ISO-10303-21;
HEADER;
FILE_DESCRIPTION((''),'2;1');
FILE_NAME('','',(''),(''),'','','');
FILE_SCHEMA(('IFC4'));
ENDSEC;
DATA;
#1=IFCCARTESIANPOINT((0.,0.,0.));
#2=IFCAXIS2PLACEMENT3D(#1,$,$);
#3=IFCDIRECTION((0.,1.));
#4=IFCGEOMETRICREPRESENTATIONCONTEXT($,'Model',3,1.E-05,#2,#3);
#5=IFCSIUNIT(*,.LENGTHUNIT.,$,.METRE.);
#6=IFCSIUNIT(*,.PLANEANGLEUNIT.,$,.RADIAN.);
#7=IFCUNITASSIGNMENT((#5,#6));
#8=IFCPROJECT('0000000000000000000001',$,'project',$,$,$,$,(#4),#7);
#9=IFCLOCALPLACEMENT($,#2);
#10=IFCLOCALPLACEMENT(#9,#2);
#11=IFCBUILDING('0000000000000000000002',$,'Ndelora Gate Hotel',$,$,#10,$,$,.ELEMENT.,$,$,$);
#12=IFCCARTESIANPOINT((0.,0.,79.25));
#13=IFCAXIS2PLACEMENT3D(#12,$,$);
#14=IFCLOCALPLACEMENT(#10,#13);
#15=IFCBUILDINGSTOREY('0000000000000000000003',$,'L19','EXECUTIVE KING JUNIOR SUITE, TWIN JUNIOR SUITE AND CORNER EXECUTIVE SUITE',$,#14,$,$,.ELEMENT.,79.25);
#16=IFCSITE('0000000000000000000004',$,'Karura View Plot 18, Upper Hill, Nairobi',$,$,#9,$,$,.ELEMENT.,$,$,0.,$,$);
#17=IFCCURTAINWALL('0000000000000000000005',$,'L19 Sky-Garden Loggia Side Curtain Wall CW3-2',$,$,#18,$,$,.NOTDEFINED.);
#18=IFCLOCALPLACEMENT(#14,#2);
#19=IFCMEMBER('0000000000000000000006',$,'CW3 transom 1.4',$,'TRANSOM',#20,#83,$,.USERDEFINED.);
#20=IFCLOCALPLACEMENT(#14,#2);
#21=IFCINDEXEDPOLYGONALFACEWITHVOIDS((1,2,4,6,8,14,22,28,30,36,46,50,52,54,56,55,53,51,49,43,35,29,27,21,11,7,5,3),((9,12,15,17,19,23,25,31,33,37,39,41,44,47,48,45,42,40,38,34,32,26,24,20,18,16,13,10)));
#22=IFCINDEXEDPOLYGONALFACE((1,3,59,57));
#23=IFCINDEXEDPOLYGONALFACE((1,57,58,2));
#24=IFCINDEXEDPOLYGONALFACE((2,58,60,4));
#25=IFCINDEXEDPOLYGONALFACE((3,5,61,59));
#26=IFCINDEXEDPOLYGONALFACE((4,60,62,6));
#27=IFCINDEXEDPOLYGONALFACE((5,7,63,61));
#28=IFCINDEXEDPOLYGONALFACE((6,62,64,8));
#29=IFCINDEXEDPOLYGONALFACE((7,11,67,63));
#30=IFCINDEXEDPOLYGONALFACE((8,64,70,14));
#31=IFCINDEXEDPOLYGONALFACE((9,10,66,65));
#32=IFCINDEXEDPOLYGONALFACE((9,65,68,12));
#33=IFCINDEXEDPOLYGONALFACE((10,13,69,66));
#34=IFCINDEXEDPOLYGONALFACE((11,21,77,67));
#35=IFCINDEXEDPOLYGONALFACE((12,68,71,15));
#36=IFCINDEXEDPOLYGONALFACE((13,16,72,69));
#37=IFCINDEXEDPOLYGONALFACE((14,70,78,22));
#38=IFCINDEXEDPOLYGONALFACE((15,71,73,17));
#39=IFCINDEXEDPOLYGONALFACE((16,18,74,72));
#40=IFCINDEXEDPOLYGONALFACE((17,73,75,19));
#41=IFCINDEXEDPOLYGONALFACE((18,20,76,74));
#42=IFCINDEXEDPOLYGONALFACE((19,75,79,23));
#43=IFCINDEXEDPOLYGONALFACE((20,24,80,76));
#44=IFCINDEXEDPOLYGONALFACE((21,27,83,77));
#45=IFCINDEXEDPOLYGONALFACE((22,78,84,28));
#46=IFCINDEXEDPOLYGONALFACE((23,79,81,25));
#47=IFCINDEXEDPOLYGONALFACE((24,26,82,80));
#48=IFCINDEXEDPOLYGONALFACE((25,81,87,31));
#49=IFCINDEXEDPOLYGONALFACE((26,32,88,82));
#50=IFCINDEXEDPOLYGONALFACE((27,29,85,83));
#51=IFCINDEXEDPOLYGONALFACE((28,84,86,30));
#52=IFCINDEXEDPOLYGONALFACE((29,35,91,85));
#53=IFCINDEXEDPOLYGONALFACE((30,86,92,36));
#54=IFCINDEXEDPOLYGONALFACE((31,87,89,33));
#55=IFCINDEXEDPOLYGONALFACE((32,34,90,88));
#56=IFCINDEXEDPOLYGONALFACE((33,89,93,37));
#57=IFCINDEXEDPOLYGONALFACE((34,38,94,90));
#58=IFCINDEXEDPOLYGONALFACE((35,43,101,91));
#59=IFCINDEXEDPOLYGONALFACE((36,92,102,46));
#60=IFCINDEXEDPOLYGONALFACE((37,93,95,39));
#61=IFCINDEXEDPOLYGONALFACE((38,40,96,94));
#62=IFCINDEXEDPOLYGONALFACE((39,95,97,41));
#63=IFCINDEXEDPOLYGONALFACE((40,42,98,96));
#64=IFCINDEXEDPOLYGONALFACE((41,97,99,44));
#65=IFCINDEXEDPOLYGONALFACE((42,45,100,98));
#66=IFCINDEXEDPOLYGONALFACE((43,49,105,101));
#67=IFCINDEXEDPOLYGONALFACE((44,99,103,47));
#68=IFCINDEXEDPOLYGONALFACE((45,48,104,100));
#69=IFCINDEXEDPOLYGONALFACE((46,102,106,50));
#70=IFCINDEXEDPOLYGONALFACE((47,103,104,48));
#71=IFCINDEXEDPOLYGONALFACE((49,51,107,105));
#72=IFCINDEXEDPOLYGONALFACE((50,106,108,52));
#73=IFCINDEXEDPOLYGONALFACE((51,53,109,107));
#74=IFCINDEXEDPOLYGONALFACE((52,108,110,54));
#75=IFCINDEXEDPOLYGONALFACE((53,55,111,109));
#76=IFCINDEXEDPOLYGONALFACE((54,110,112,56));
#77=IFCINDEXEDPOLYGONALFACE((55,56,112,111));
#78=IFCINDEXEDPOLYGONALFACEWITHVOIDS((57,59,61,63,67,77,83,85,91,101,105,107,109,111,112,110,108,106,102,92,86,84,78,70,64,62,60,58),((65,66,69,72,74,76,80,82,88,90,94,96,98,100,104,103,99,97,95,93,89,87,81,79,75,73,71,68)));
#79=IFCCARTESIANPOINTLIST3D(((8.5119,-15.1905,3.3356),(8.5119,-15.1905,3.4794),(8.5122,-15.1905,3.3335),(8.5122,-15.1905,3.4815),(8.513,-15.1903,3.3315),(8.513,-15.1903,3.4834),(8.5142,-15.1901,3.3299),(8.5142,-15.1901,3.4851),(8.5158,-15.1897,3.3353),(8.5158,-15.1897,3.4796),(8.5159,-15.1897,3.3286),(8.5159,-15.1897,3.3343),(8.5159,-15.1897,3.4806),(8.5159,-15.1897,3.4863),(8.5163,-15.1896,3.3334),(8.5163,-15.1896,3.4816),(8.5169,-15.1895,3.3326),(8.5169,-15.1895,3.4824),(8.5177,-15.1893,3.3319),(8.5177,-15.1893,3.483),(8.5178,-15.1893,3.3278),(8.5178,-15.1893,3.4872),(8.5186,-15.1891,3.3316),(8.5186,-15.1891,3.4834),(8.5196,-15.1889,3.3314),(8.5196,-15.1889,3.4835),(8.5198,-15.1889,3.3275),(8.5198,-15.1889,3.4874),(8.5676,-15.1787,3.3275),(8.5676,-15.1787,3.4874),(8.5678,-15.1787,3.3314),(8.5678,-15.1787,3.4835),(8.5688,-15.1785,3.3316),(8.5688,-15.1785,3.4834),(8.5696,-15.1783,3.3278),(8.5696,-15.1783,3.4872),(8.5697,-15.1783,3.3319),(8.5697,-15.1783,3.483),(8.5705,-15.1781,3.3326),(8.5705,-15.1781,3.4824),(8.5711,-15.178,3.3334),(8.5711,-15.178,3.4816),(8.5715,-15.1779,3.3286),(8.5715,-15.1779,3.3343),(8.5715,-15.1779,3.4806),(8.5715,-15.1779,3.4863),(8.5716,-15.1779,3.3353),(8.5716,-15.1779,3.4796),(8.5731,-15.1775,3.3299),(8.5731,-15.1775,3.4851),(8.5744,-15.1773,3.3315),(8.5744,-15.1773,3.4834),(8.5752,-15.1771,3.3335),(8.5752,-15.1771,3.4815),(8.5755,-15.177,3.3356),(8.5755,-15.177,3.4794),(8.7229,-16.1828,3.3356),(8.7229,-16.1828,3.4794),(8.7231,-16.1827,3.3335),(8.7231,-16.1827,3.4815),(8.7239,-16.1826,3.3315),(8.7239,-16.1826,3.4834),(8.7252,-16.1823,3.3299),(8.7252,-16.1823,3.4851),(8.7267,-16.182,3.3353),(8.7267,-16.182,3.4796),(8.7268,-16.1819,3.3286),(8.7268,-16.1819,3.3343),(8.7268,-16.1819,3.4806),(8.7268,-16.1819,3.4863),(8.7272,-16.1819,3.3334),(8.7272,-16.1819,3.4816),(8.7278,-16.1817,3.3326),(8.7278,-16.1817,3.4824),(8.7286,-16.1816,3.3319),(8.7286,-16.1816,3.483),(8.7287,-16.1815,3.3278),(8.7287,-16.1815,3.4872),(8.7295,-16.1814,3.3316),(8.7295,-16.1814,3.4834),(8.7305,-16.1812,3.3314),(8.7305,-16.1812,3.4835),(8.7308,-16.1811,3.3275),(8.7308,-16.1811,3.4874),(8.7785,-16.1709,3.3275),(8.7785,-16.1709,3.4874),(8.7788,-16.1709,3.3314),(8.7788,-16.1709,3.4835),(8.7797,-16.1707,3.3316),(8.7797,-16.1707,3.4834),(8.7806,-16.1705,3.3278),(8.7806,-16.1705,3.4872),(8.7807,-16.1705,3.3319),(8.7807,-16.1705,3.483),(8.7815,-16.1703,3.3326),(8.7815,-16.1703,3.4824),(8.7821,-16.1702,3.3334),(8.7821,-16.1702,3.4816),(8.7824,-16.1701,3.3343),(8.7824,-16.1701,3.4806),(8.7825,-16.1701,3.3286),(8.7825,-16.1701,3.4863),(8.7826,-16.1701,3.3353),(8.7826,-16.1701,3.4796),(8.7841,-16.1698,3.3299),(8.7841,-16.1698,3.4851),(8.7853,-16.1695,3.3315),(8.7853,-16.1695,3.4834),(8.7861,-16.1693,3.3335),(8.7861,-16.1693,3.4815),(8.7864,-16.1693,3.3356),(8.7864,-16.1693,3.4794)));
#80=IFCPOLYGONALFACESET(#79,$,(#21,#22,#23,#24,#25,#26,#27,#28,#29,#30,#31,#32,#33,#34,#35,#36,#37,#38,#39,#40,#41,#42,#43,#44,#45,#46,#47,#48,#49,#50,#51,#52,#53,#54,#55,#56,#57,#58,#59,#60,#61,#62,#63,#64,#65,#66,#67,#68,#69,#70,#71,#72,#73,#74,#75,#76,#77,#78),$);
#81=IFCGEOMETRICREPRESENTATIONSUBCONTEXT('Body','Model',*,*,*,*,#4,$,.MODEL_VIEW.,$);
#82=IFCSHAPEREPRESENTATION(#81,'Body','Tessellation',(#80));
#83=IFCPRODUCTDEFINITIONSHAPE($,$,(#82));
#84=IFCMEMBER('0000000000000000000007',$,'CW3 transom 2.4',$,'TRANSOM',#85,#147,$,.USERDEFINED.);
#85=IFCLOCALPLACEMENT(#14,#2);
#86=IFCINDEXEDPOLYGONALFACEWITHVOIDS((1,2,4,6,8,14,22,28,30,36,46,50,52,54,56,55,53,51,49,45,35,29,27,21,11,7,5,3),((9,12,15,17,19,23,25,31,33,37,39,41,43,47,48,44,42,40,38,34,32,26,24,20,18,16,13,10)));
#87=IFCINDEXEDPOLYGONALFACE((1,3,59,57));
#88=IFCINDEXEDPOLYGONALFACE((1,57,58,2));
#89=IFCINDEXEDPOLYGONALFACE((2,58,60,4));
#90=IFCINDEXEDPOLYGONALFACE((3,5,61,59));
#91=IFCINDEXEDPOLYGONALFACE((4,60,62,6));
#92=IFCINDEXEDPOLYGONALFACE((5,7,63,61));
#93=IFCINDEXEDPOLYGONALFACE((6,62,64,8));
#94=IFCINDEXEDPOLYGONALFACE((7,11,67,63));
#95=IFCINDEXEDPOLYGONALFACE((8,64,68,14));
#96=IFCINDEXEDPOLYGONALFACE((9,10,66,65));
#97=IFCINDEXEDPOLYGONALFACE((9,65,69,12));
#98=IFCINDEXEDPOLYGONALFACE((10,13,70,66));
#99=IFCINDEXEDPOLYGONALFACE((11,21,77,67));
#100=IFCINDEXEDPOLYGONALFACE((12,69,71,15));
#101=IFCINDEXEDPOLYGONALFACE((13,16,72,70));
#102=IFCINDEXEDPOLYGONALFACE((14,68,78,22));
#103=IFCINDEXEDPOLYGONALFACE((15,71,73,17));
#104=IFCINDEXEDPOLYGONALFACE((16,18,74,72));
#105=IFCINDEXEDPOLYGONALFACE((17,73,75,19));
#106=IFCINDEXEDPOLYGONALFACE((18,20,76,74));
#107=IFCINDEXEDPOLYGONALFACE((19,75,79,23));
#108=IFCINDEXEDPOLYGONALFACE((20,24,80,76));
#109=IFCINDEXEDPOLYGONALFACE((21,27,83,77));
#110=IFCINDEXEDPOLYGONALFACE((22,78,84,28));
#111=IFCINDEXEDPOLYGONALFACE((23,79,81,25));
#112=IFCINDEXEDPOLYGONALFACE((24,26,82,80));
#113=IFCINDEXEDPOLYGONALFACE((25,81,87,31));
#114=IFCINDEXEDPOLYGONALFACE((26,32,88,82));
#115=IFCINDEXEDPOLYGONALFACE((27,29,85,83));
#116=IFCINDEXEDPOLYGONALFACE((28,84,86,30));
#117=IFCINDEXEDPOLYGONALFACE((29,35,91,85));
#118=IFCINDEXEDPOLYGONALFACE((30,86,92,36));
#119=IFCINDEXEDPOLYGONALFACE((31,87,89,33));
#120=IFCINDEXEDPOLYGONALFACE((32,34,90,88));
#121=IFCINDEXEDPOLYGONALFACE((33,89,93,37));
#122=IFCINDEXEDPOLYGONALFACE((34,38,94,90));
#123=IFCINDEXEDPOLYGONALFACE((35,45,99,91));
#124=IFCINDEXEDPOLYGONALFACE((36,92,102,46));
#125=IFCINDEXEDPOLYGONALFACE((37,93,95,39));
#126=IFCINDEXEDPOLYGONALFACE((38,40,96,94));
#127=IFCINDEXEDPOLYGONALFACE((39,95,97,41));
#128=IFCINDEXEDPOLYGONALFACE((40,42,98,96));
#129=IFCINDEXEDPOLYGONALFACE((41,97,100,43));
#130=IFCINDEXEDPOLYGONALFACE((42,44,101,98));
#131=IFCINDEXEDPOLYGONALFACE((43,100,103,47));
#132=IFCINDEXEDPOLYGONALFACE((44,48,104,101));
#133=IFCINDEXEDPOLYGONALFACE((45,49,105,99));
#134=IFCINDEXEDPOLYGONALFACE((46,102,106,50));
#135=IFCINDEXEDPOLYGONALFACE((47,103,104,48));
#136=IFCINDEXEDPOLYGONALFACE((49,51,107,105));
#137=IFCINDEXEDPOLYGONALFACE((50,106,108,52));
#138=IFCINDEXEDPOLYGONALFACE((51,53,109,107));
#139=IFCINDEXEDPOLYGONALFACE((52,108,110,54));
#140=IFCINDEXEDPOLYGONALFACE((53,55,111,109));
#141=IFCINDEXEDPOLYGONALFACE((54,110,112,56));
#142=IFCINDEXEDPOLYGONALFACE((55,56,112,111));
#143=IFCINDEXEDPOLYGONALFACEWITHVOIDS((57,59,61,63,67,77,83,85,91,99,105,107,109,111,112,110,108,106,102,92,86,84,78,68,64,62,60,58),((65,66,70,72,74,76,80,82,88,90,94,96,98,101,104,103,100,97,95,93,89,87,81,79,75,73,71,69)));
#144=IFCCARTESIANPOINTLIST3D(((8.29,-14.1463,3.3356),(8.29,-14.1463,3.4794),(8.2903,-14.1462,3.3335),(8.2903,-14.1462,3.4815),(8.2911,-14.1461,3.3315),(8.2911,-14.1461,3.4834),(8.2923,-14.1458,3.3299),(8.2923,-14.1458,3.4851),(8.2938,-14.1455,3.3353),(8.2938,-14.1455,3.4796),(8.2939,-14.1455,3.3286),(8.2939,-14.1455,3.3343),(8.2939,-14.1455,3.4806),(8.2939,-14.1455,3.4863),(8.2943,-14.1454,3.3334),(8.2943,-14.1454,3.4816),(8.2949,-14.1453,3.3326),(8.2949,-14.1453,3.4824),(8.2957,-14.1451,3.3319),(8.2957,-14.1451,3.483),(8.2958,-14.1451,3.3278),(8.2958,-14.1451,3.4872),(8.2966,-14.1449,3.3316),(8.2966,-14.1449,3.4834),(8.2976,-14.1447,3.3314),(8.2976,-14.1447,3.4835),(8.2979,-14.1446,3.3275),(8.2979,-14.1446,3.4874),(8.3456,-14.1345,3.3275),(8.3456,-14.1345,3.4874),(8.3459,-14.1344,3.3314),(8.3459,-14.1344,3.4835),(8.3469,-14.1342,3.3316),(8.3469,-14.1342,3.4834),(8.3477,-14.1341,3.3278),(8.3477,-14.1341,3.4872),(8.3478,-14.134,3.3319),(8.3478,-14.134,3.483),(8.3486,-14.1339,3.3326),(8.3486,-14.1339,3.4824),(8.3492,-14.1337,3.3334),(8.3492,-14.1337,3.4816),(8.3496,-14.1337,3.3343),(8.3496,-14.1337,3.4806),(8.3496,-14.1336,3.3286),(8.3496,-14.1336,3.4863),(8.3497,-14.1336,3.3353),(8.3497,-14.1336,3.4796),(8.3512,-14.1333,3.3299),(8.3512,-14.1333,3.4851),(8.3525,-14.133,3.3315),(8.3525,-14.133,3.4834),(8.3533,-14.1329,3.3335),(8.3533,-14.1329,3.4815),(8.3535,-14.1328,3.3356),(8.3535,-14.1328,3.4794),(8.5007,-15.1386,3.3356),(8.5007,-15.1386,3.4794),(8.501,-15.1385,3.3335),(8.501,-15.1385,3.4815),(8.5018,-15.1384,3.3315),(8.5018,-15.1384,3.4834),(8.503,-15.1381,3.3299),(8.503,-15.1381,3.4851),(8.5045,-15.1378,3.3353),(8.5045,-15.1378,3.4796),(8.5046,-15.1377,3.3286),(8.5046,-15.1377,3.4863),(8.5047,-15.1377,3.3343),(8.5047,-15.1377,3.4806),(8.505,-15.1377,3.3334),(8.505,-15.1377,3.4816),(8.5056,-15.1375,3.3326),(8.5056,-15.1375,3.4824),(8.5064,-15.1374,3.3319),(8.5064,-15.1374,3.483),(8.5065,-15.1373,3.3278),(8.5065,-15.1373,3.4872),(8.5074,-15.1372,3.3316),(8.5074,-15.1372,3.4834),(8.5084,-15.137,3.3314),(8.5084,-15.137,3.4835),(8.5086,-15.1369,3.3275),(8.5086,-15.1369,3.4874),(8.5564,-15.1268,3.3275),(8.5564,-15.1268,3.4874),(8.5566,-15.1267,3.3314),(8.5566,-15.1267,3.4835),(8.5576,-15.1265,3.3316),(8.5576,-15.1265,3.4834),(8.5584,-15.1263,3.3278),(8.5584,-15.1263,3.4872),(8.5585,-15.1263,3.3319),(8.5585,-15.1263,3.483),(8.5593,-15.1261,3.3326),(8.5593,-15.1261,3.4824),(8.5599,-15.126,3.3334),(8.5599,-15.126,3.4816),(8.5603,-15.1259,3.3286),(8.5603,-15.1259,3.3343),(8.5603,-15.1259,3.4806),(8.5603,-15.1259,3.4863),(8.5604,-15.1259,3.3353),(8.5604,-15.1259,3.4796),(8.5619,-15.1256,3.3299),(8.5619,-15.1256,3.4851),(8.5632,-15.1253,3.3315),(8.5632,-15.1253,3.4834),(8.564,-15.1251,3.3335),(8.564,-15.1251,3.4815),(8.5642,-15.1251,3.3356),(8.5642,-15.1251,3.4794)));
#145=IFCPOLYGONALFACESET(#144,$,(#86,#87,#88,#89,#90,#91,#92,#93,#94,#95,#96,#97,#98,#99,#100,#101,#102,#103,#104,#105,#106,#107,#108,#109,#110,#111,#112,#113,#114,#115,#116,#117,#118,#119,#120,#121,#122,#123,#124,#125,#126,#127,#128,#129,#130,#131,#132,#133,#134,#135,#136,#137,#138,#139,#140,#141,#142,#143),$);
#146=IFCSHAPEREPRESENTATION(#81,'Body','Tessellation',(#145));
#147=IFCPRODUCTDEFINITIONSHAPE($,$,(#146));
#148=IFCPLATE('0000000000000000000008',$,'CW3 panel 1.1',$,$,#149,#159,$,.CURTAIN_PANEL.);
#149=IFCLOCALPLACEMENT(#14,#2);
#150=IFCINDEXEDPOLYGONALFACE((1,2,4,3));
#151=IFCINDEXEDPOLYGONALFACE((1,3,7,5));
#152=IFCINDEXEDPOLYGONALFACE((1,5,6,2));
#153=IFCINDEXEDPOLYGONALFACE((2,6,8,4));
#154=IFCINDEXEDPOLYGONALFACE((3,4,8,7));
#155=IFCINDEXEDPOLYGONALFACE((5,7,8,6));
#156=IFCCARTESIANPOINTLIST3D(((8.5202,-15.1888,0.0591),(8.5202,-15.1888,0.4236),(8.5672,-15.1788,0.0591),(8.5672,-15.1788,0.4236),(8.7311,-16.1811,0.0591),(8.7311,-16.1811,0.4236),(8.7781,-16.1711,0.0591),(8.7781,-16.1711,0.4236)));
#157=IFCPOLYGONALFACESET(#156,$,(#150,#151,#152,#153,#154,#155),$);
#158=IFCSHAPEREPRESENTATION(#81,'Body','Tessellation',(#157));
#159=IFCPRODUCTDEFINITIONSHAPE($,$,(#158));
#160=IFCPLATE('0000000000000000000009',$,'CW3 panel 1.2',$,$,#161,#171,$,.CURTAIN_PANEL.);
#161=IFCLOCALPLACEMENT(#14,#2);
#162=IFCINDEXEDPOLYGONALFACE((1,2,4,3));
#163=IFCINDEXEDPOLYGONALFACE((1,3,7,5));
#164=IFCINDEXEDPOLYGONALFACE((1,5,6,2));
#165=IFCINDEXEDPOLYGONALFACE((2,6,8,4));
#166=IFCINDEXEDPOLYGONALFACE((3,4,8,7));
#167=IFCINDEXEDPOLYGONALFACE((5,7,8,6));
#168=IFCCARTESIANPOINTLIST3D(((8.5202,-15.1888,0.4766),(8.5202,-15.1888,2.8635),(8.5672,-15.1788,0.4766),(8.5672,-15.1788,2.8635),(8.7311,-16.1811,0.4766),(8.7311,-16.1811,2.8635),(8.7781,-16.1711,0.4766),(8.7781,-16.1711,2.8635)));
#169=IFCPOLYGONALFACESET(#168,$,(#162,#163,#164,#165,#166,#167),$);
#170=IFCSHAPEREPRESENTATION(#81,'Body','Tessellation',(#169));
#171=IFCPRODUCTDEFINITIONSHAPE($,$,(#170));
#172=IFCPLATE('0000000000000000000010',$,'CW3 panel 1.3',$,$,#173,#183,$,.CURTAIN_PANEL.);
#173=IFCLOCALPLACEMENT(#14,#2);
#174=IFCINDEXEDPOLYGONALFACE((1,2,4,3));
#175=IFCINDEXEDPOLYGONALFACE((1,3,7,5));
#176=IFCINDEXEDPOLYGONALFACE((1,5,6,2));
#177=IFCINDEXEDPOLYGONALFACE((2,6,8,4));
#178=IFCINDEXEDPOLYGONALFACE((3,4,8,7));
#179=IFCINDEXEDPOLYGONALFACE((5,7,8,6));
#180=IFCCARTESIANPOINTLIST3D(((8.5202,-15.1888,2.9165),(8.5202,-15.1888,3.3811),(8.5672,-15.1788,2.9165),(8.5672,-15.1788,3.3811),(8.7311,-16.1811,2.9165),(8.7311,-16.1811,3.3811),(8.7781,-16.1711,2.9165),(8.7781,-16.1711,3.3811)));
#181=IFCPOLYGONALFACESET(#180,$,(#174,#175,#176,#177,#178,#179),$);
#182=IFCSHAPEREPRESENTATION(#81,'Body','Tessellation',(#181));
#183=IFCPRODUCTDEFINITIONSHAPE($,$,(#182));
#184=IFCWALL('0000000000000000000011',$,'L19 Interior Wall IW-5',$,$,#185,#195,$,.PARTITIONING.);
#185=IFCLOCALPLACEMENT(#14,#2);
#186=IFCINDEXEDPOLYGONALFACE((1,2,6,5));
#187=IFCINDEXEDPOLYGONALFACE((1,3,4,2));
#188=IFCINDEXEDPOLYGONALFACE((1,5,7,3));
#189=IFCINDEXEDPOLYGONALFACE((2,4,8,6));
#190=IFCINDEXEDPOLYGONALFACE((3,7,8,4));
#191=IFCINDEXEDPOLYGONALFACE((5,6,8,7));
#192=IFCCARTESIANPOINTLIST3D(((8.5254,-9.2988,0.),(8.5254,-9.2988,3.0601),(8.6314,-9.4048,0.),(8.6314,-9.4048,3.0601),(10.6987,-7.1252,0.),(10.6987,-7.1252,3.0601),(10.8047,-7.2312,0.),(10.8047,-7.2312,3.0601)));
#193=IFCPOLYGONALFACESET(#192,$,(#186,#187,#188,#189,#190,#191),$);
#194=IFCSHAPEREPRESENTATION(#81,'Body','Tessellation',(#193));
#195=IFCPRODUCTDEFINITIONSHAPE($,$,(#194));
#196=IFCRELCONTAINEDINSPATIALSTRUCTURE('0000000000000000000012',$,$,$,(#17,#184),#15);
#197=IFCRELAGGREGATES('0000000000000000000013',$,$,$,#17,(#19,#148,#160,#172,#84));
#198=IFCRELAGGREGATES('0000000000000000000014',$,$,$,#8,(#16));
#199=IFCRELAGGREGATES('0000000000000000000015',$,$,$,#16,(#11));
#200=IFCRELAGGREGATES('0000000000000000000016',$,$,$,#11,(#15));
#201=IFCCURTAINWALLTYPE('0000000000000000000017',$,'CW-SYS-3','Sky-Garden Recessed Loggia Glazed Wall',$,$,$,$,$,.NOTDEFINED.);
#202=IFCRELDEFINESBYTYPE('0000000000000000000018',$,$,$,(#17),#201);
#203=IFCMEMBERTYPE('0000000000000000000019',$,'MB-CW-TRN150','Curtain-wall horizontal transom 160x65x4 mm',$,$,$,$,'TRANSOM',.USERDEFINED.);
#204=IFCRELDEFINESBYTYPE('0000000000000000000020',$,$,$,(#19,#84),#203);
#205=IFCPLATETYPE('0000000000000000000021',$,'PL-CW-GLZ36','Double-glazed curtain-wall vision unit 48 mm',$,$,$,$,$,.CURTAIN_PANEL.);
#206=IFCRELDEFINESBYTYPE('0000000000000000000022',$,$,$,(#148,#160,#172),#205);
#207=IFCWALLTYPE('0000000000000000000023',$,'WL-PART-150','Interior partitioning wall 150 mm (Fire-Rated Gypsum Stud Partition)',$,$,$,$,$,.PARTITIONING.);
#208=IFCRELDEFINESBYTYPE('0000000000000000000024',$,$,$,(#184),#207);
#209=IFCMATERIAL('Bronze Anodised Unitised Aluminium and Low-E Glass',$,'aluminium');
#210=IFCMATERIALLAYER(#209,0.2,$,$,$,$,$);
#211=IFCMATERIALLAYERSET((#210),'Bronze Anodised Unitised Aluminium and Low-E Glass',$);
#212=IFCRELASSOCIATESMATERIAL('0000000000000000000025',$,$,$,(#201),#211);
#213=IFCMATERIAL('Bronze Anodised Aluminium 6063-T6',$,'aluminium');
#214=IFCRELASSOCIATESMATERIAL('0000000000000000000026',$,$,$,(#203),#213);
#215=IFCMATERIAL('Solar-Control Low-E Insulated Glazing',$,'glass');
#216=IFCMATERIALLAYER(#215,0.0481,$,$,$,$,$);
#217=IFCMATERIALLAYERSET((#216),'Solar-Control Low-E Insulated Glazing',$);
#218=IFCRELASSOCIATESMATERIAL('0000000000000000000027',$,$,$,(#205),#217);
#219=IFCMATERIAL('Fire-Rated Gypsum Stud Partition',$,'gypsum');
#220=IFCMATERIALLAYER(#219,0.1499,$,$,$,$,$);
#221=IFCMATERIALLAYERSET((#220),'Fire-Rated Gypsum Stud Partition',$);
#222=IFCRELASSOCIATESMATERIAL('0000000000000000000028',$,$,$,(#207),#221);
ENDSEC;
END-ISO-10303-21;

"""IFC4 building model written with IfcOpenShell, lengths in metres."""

from ifc_helpers import new_model, si_unit, direction, frame, frame_2d, origin, origin_2d, place, context, subcontext, project, spatial, rectangle, hollow_rectangle, extrude, material, layer, layer_set, material_profile, profile_set, type_object, element, aggregate, save


model = new_model("IFC4")

# Units and contexts
model_context = context("Model", 3, precision=1e-05, world=origin(), true_north=direction((0.0, 1.0)))
body_context = subcontext(model_context, "Body", "Model", "MODEL_VIEW")
ifc_project = project(units=[si_unit("LENGTHUNIT", "METRE"), si_unit("PLANEANGLEUNIT", "RADIAN")], contexts=[model_context])

# Site, building, storey
site_placement = place(None, origin())
site = spatial("IfcSite", under=ifc_project, at=site_placement, Name="Karura View Plot 18, Upper Hill, Nairobi", CompositionType="ELEMENT", RefElevation=0.0)
building_placement = place(site_placement, origin())
building = spatial("IfcBuilding", under=site, at=building_placement, Name="Ndelora Gate Hotel", CompositionType="ELEMENT")
storey_placement = place(building_placement, frame((0.0, 0.0, 79.25)))
storey = spatial("IfcBuildingStorey", under=building, at=storey_placement, Name="L19", Description="EXECUTIVE KING JUNIOR SUITE, TWIN JUNIOR SUITE AND CORNER EXECUTIVE SUITE", CompositionType="ELEMENT", Elevation=79.25)

# Curtain wall, members, plates
ifc_material_1 = material(Name="Bronze Anodised Unitised Aluminium and Low-E Glass", Category="aluminium")
ifc_layer_1 = layer(ifc_material_1, 0.2)
ifc_layer_set_1 = layer_set([ifc_layer_1], Name="Bronze Anodised Unitised Aluminium and Low-E Glass")
curtain_wall_type = type_object("IfcCurtainWallType", Name="CW-SYS-3", Description="Sky-Garden Recessed Loggia Glazed Wall", PredefinedType="NOTDEFINED", material=ifc_layer_set_1)
curtain_wall_placement = place(storey_placement, origin())
curtain_wall = element("IfcCurtainWall", 1, at=curtain_wall_placement, inside=storey, type_object=curtain_wall_type, Name="L19 Sky-Garden Loggia Side Curtain Wall CW3-2", PredefinedType="NOTDEFINED")
ifc_material_2 = material(Name="Bronze Anodised Aluminium 6063-T6", Category="aluminium")
ifc_material_profile_1 = material_profile(ifc_material_2, hollow_rectangle(XDim=0.0649, YDim=0.1599, WallThickness=0.0039, InnerFilletRadius=0.0039, OuterFilletRadius=0.0081, at=origin_2d()), Name="ALU 160x65x4")
ifc_profile_set_1 = profile_set([ifc_material_profile_1], Name="Bronze Anodised Aluminium 6063-T6")
member_type_1 = type_object("IfcMemberType", Name="MB-CW-TRN150", Description="Curtain-wall horizontal transom 160x65x4 mm", ElementType="TRANSOM", PredefinedType="USERDEFINED", material=ifc_profile_set_1)
member_1_placement = place(storey_placement, frame((8.7546, -16.176, 3.4075), z_axis=(-0.207951, 0.978139, 0.0), x_axis=(-0.978139, -0.207951, 0.0)))
member_1 = element("IfcMember", 2, at=member_1_placement, type_object=member_type_1, Name="CW3 transom 1.4", ObjectType="TRANSOM", PredefinedType="USERDEFINED", context=body_context, shape_type="SweptSolid", body=[
    extrude(hollow_rectangle(XDim=0.0649, YDim=0.1599, WallThickness=0.0039, InnerFilletRadius=0.0039, OuterFilletRadius=0.0081, at=origin_2d()), origin(), (0.0, 0.0, 1.0), 1.0144),
])
member_2_placement = place(storey_placement, frame((8.5325, -15.1318, 3.4075), z_axis=(-0.207721, 0.978188, 0.0), x_axis=(-0.978188, -0.207721, 0.0)))
member_2 = element("IfcMember", 3, at=member_2_placement, type_object=member_type_1, Name="CW3 transom 2.4", ObjectType="TRANSOM", PredefinedType="USERDEFINED", context=body_context, shape_type="SweptSolid", body=[
    extrude(hollow_rectangle(XDim=0.0649, YDim=0.1599, WallThickness=0.0039, InnerFilletRadius=0.0039, OuterFilletRadius=0.0081, at=origin_2d()), origin(), (0.0, 0.0, 1.0), 1.0144),
])
ifc_material_3 = material(Name="Solar-Control Low-E Insulated Glazing", Category="glass")
ifc_layer_2 = layer(ifc_material_3, 0.0481)
ifc_layer_set_2 = layer_set([ifc_layer_2], Name="Solar-Control Low-E Insulated Glazing")
plate_type = type_object("IfcPlateType", Name="PL-CW-GLZ36", Description="Double-glazed curtain-wall vision unit 48 mm", PredefinedType="CURTAIN_PANEL", material=ifc_layer_set_2)
plate_1_placement = place(storey_placement, frame((8.6492, -15.6799, 0.0591), z_axis=(0.0, 0.0, 1.0), x_axis=(-0.207911, 0.978148, 0.0)))
plate_1 = element("IfcPlate", 4, at=plate_1_placement, type_object=plate_type, Name="CW3 panel 1.1", PredefinedType="CURTAIN_PANEL", context=body_context, shape_type="SweptSolid", body=[
    extrude(rectangle(XDim=1.0144, YDim=0.0481, at=origin_2d()), origin(), (0.0, 0.0, 1.0), 0.3645),
])
plate_2_placement = place(storey_placement, frame((8.6492, -15.6799, 0.4766), z_axis=(0.0, 0.0, 1.0), x_axis=(-0.207911, 0.978148, 0.0)))
plate_2 = element("IfcPlate", 5, at=plate_2_placement, type_object=plate_type, Name="CW3 panel 1.2", PredefinedType="CURTAIN_PANEL", context=body_context, shape_type="SweptSolid", body=[
    extrude(rectangle(XDim=1.0144, YDim=0.0481, at=origin_2d()), origin(), (0.0, 0.0, 1.0), 2.387),
])
plate_3_placement = place(storey_placement, frame((8.6492, -15.6799, 2.9165), z_axis=(0.0, 0.0, 1.0), x_axis=(-0.207911, 0.978148, 0.0)))
plate_3 = element("IfcPlate", 6, at=plate_3_placement, type_object=plate_type, Name="CW3 panel 1.3", PredefinedType="CURTAIN_PANEL", context=body_context, shape_type="SweptSolid", body=[
    extrude(rectangle(XDim=1.0144, YDim=0.0481, at=origin_2d()), origin(), (0.0, 0.0, 1.0), 0.4646),
])
aggregate(curtain_wall, [member_1, plate_1, plate_2, plate_3, member_2])

# Wall
ifc_material_4 = material(Name="Fire-Rated Gypsum Stud Partition", Category="gypsum")
ifc_layer_3 = layer(ifc_material_4, 0.1499)
ifc_layer_set_3 = layer_set([ifc_layer_3], Name="Fire-Rated Gypsum Stud Partition")
wall_type_1 = type_object("IfcWallType", Name="WL-PART-150", Description="Interior partitioning wall 150 mm (Fire-Rated Gypsum Stud Partition)", PredefinedType="PARTITIONING", material=ifc_layer_set_3)
wall_1_placement = place(storey_placement, frame((10.7517, -7.1782, 0.0), z_axis=(0.0, 0.0, 1.0), x_axis=(-0.707067, -0.707146, 0.0)))
element("IfcWall", 7, at=wall_1_placement, inside=storey, type_object=wall_type_1, Name="L19 Interior Wall IW-5", PredefinedType="PARTITIONING", context=body_context, shape_type="SweptSolid", body=[
    extrude(rectangle(XDim=3.0737, YDim=0.1499, at=frame_2d((1.5369, 0.0))), origin(), (0.0, 0.0, 1.0), 3.0601),
])

save(model, "model.ifc")
